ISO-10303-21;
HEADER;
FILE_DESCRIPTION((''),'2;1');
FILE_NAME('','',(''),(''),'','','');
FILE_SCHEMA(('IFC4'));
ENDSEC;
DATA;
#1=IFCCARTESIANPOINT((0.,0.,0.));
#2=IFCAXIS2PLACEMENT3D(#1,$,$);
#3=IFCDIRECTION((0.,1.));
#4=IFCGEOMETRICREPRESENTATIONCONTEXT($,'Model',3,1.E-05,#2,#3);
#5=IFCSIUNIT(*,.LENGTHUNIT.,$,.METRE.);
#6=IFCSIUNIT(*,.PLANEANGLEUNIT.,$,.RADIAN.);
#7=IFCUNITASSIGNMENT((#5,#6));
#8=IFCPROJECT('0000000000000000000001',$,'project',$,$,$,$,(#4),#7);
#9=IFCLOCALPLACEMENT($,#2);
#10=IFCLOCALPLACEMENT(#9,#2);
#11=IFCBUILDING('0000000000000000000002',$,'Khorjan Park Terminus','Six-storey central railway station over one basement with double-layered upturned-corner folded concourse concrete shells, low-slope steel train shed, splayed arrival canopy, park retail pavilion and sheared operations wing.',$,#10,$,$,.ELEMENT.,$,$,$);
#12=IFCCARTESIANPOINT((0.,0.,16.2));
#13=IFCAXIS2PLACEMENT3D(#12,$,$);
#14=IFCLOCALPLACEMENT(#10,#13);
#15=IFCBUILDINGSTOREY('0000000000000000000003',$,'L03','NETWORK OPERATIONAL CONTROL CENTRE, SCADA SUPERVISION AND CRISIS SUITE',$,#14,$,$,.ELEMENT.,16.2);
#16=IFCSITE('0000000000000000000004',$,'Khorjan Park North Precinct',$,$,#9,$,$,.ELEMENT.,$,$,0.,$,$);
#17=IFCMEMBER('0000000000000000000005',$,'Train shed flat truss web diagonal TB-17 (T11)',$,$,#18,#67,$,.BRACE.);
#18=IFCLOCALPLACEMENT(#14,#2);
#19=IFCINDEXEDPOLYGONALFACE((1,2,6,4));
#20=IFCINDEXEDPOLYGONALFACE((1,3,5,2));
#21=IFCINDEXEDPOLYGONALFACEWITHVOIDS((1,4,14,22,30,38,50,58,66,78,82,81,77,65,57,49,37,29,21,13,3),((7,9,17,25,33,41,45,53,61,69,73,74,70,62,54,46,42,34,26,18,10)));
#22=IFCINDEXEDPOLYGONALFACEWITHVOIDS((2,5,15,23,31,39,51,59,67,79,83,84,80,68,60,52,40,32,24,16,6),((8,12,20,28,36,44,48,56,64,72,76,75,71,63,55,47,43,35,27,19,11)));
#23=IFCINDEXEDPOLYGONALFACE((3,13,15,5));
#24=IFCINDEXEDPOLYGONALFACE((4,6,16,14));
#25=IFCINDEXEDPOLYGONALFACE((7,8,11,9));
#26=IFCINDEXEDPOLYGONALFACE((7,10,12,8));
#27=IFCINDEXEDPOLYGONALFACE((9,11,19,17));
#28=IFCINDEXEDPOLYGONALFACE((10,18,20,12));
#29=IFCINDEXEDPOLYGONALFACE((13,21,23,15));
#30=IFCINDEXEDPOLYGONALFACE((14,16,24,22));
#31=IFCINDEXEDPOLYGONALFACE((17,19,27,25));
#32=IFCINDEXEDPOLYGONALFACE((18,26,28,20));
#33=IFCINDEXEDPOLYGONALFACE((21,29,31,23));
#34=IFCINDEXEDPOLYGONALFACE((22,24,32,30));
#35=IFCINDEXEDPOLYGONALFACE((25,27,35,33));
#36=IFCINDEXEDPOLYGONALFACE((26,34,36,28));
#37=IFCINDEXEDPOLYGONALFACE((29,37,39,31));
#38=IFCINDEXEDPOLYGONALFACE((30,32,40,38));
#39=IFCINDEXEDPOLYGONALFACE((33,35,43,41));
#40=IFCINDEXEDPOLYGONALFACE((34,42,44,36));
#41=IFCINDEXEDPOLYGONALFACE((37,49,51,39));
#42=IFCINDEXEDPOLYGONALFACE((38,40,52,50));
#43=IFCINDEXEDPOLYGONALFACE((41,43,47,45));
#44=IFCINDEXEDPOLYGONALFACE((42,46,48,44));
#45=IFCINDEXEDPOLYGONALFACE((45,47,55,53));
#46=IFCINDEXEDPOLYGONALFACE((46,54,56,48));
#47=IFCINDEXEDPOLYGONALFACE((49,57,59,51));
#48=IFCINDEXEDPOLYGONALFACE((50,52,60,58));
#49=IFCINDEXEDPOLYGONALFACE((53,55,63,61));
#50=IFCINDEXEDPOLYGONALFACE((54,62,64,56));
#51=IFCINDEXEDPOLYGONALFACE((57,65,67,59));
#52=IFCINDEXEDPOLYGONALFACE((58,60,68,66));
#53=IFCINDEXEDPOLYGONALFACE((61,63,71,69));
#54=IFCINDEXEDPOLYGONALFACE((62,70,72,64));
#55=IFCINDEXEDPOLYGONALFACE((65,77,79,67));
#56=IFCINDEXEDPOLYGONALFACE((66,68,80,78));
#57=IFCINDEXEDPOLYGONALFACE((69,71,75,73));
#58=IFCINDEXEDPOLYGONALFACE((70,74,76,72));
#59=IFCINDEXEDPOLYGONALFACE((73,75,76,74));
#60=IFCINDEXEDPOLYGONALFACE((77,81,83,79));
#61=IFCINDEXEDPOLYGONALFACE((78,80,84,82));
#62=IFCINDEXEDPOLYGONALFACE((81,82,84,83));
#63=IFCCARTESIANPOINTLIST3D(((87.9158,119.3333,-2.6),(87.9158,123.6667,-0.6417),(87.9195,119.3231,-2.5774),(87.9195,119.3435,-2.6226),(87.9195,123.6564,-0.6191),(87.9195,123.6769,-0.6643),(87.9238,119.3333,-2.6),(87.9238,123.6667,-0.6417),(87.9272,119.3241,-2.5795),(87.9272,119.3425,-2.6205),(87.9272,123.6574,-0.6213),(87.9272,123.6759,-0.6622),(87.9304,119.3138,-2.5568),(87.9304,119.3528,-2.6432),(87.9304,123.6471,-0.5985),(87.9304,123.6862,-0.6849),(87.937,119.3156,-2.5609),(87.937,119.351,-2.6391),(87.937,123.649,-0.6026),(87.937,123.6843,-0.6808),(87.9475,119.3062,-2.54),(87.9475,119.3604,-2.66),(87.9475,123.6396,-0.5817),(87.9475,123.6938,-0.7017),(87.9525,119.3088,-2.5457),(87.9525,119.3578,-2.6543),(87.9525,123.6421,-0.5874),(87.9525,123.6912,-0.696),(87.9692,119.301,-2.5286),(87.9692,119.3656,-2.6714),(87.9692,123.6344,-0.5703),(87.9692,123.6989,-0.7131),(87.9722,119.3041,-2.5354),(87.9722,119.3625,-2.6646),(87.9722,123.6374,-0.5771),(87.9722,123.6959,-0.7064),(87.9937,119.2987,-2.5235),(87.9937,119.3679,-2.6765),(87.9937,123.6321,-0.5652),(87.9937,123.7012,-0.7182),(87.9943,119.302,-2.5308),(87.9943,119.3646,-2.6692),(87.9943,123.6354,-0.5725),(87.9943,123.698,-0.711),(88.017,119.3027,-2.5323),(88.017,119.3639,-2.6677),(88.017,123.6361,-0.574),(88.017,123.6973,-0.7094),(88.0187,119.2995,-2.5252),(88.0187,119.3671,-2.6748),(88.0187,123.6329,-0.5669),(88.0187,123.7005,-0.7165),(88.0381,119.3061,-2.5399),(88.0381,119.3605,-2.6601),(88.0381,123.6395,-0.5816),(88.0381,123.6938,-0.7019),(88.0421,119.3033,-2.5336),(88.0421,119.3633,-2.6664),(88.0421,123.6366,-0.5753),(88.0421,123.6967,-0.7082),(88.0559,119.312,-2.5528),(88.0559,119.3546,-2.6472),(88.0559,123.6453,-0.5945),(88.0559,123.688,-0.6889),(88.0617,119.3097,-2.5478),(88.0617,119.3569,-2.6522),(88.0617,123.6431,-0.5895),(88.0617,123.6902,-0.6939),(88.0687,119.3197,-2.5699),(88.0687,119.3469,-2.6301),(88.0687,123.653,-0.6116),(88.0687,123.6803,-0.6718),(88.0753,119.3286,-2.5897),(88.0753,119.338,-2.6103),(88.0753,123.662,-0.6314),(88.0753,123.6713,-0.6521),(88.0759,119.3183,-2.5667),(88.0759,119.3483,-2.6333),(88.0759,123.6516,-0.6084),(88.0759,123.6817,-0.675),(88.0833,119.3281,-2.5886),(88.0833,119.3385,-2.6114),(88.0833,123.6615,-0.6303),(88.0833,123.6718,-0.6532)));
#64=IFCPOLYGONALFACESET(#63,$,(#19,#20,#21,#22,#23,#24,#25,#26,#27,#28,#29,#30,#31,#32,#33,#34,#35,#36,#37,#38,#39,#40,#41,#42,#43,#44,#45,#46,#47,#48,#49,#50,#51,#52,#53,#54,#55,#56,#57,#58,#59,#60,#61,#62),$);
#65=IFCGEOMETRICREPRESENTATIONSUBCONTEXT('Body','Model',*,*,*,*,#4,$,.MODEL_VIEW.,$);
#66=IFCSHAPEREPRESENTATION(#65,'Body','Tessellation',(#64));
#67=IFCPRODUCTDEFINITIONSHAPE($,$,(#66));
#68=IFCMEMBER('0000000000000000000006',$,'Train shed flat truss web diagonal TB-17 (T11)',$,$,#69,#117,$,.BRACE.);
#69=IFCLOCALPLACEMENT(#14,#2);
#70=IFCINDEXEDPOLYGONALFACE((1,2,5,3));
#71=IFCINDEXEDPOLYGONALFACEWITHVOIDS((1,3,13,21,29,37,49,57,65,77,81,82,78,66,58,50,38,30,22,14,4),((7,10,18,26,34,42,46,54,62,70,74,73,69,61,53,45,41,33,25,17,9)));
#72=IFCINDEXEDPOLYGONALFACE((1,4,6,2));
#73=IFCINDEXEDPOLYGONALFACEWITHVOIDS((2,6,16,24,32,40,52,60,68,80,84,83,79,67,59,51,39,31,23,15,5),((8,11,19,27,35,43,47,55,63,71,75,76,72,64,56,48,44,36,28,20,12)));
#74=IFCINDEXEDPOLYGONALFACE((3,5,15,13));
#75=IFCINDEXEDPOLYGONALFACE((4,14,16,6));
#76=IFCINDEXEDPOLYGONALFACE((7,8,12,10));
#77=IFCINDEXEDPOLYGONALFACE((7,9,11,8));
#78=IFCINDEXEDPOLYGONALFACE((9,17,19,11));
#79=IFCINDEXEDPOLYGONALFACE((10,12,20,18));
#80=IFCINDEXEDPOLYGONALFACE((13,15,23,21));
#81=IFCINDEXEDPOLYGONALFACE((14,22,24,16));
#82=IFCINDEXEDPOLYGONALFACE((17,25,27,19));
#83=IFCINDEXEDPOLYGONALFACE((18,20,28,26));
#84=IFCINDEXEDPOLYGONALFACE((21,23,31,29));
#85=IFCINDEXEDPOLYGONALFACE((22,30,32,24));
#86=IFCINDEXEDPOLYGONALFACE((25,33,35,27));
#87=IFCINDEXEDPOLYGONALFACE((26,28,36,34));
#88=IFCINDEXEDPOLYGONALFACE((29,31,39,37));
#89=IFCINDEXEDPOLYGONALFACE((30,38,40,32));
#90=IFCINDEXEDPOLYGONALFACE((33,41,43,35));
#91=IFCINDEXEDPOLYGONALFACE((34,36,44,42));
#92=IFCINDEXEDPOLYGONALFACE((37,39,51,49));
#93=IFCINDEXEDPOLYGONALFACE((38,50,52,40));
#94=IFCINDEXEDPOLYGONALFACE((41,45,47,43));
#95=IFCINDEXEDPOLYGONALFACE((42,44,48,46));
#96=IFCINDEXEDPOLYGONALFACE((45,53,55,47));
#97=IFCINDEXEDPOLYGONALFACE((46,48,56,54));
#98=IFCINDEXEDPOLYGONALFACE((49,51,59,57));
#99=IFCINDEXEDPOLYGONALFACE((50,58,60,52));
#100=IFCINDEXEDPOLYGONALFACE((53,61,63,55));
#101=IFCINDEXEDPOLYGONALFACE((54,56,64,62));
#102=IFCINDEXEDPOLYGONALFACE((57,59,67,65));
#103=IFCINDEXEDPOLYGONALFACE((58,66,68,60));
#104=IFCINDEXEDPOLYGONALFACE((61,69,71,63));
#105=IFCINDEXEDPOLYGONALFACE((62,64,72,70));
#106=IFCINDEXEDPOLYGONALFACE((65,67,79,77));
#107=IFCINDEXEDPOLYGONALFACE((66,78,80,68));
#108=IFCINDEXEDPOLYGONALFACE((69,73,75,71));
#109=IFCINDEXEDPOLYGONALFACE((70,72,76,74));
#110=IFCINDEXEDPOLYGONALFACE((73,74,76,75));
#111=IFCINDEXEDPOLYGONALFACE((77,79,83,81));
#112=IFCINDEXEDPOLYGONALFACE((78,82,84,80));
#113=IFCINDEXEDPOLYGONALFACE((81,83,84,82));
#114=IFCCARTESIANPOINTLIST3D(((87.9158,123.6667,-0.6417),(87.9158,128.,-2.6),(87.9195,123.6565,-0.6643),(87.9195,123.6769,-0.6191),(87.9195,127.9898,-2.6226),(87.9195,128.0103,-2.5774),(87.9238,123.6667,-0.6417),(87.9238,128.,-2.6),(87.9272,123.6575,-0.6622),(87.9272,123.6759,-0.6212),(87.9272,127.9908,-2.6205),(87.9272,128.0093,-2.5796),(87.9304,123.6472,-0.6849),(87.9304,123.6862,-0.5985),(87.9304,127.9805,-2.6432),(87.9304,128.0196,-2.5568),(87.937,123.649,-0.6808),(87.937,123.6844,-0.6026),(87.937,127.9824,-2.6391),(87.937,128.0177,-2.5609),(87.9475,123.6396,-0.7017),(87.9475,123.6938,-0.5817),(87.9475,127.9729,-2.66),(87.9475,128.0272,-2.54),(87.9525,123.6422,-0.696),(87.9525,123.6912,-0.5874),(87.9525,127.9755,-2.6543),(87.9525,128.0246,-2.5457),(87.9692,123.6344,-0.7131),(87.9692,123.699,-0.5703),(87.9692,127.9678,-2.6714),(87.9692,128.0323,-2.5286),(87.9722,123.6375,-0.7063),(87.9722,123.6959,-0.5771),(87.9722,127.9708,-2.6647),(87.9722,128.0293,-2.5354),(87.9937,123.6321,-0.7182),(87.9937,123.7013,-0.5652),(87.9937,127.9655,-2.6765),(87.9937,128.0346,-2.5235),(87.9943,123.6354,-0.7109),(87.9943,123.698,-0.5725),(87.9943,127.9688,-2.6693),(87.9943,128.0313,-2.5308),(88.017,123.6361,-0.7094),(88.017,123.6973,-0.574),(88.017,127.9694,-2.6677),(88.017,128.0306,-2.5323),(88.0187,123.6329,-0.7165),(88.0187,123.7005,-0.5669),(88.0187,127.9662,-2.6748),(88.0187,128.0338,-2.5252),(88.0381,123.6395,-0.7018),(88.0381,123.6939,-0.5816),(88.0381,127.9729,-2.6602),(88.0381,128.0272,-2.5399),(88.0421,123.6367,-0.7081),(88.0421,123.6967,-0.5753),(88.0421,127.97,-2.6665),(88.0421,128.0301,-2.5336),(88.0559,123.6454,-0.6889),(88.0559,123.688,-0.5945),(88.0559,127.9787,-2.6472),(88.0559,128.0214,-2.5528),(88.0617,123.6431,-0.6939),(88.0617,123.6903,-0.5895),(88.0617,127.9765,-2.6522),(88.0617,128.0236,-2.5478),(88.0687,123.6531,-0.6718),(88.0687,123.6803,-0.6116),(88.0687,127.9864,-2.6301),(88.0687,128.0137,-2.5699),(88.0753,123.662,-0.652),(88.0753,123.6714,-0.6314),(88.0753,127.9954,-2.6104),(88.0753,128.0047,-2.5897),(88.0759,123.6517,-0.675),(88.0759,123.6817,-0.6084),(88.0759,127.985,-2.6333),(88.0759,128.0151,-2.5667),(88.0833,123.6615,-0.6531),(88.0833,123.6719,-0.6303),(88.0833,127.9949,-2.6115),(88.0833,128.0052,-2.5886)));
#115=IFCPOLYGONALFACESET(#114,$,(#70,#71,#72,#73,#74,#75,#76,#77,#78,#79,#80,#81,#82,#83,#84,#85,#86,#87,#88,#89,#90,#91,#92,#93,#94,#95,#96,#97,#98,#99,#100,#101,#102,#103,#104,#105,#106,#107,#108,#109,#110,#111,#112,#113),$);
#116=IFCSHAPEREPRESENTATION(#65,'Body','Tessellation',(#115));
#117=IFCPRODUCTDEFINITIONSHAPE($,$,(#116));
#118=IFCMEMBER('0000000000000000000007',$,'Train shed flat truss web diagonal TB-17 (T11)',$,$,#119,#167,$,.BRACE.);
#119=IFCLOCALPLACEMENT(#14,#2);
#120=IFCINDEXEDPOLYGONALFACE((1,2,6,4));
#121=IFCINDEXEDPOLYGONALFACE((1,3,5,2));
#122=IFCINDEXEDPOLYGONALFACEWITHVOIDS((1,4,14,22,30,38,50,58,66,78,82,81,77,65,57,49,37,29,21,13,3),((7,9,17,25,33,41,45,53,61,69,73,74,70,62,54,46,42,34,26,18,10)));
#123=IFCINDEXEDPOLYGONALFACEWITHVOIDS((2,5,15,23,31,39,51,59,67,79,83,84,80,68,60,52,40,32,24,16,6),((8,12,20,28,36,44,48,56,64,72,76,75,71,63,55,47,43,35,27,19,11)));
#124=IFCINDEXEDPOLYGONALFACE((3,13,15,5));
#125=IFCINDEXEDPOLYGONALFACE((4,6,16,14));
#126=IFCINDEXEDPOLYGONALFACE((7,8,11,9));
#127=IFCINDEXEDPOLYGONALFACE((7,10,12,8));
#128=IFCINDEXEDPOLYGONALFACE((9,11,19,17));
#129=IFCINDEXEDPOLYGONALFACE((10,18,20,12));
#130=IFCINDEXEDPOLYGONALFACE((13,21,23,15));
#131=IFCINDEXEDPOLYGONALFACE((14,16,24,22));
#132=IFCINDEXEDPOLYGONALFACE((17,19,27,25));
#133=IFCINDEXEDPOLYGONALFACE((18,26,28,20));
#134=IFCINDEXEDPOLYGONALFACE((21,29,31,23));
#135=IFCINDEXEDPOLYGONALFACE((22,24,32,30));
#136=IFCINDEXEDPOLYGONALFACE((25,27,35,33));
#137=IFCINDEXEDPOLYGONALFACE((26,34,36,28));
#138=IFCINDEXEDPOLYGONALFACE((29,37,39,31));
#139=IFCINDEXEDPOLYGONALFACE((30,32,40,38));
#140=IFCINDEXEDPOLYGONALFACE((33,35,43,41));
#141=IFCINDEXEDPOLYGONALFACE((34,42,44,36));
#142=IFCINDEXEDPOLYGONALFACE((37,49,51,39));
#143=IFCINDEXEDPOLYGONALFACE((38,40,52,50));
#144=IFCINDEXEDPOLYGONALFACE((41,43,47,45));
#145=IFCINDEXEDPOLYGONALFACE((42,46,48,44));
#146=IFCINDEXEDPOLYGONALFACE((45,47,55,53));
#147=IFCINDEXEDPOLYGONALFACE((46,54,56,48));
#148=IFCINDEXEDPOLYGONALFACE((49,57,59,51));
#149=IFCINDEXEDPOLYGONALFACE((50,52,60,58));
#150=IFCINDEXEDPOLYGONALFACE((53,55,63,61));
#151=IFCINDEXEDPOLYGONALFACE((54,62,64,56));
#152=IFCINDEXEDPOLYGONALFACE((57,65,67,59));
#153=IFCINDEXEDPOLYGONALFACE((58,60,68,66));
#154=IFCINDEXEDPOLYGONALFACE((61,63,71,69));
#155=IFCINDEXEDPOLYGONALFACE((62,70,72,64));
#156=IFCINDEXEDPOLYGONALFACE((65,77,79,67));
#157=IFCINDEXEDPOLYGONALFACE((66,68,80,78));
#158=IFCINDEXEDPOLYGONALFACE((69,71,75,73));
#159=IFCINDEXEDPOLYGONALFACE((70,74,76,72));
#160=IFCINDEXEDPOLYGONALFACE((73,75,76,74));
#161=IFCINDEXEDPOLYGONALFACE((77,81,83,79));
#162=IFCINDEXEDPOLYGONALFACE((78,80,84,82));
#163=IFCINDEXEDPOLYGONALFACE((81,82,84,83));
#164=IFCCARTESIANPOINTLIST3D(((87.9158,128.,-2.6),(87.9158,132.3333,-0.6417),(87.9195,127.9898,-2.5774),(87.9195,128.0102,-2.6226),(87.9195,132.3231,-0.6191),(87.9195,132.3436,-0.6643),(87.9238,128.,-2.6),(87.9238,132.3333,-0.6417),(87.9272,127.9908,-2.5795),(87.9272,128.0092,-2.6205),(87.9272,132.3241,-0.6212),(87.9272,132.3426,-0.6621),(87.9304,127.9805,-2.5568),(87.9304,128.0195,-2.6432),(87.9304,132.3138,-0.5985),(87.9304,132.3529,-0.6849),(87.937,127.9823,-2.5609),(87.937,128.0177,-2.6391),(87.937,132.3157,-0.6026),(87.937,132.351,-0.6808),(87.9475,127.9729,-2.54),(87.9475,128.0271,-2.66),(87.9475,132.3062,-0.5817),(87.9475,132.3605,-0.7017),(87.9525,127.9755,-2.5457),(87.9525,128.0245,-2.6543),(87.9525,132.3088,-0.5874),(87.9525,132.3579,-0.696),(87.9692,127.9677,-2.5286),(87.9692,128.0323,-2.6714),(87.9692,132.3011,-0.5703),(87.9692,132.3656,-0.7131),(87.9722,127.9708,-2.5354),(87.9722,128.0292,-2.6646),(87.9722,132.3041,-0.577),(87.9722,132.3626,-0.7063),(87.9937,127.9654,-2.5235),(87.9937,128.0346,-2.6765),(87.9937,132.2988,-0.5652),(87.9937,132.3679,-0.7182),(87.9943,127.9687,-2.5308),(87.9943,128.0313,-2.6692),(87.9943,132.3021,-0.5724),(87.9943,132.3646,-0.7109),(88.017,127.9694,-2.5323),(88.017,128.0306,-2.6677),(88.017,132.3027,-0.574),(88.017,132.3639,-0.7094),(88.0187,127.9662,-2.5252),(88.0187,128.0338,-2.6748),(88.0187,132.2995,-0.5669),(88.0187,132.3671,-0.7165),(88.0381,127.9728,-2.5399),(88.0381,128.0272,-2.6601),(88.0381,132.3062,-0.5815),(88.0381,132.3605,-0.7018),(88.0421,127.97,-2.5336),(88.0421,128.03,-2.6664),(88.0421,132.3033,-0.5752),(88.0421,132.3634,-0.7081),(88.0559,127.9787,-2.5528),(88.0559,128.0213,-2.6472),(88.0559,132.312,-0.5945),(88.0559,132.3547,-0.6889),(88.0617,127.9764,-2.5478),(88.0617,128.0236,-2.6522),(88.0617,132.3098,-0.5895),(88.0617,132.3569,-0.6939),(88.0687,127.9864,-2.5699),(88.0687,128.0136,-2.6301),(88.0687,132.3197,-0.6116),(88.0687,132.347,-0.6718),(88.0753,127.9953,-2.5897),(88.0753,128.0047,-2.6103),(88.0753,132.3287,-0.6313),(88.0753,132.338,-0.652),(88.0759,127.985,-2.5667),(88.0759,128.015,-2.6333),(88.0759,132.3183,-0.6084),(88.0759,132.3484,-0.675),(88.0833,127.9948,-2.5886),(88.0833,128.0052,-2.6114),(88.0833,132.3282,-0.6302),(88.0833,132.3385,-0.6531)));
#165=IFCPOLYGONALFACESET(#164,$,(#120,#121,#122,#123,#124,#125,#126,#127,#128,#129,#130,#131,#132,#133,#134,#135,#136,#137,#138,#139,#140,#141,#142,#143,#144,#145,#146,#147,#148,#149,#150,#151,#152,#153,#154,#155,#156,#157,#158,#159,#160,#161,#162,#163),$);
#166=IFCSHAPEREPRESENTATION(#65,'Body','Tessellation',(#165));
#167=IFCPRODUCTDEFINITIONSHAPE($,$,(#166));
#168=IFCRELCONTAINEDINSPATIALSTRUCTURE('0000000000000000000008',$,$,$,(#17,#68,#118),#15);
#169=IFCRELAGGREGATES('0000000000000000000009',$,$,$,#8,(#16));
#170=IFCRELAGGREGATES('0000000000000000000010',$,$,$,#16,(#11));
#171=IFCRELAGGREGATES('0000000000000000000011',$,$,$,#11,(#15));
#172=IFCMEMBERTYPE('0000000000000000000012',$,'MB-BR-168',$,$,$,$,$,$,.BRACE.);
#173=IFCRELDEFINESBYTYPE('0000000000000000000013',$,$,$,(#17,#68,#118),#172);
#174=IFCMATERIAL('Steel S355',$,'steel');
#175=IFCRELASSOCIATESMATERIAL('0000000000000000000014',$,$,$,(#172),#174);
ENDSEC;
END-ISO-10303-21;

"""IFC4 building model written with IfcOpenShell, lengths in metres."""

from ifc_helpers import new_model, si_unit, direction, frame, origin, origin_2d, place, context, subcontext, project, spatial, hollow_circle, extrude, material, material_profile, profile_set, type_object, element, save


model = new_model("IFC4")

# Units and contexts
model_context = context("Model", 3, precision=1e-05, world=origin(), true_north=direction((0.0, 1.0)))
body_context = subcontext(model_context, "Body", "Model", "MODEL_VIEW")
ifc_project = project(units=[si_unit("LENGTHUNIT", "METRE"), si_unit("PLANEANGLEUNIT", "RADIAN")], contexts=[model_context])

# Site, building, storey
site_placement = place(None, origin())
site = spatial("IfcSite", under=ifc_project, at=site_placement, Name="Khorjan Park North Precinct", CompositionType="ELEMENT", RefElevation=0.0)
building_placement = place(site_placement, origin())
building = spatial("IfcBuilding", under=site, at=building_placement, Name="Khorjan Park Terminus", Description="Six-storey central railway station over one basement with double-layered upturned-corner folded concourse concrete shells, low-slope steel train shed, splayed arrival canopy, park retail pavilion and sheared operations wing.", CompositionType="ELEMENT")
storey_placement = place(building_placement, frame((0.0, 0.0, 16.2)))
storey = spatial("IfcBuildingStorey", under=building, at=storey_placement, Name="L03", Description="NETWORK OPERATIONAL CONTROL CENTRE, SCADA SUPERVISION AND CRISIS SUITE", CompositionType="ELEMENT", Elevation=16.2)

# Members
ifc_material = material(Name="Steel S355", Category="steel")
ifc_material_profile_1 = material_profile(ifc_material, hollow_circle(Radius=0.0842, WallThickness=0.008, at=origin_2d()), Name="CHS 168.3x8")
ifc_profile_set_1 = profile_set([ifc_material_profile_1], Name="Steel S355")
member_type_1 = type_object("IfcMemberType", Name="MB-BR-168", PredefinedType="BRACE", material=ifc_profile_set_1)
for number, where, z_axis, x_axis, name in (
    (1, (88.0, 119.3333, -2.6), (0.0, 0.91127, 0.41181), (-1.0, 0.0, 0.0), "Train shed flat truss web diagonal TB-17 (T11)"),
    (2, (88.0, 123.6667, -0.6417), (0.0, 0.911266, -0.411818), (-1.0, 0.0, 0.0), "Train shed flat truss web diagonal TB-17 (T11)"),
    (3, (88.0, 128.0, -2.6), (0.0, 0.911266, 0.411818), (-1.0, 0.0, 0.0), "Train shed flat truss web diagonal TB-17 (T11)"),
):
    element("IfcMember", number, at=place(storey_placement, frame(where, z_axis=z_axis, x_axis=x_axis)), inside=storey, type_object=member_type_1, Name=name, PredefinedType="BRACE", context=body_context, shape_type="SweptSolid", body=[
        extrude(hollow_circle(Radius=0.0842, WallThickness=0.008, at=origin_2d()), origin(), (0.0, 0.0, 1.0), 4.7553),
    ])

save(model, "model.ifc")
